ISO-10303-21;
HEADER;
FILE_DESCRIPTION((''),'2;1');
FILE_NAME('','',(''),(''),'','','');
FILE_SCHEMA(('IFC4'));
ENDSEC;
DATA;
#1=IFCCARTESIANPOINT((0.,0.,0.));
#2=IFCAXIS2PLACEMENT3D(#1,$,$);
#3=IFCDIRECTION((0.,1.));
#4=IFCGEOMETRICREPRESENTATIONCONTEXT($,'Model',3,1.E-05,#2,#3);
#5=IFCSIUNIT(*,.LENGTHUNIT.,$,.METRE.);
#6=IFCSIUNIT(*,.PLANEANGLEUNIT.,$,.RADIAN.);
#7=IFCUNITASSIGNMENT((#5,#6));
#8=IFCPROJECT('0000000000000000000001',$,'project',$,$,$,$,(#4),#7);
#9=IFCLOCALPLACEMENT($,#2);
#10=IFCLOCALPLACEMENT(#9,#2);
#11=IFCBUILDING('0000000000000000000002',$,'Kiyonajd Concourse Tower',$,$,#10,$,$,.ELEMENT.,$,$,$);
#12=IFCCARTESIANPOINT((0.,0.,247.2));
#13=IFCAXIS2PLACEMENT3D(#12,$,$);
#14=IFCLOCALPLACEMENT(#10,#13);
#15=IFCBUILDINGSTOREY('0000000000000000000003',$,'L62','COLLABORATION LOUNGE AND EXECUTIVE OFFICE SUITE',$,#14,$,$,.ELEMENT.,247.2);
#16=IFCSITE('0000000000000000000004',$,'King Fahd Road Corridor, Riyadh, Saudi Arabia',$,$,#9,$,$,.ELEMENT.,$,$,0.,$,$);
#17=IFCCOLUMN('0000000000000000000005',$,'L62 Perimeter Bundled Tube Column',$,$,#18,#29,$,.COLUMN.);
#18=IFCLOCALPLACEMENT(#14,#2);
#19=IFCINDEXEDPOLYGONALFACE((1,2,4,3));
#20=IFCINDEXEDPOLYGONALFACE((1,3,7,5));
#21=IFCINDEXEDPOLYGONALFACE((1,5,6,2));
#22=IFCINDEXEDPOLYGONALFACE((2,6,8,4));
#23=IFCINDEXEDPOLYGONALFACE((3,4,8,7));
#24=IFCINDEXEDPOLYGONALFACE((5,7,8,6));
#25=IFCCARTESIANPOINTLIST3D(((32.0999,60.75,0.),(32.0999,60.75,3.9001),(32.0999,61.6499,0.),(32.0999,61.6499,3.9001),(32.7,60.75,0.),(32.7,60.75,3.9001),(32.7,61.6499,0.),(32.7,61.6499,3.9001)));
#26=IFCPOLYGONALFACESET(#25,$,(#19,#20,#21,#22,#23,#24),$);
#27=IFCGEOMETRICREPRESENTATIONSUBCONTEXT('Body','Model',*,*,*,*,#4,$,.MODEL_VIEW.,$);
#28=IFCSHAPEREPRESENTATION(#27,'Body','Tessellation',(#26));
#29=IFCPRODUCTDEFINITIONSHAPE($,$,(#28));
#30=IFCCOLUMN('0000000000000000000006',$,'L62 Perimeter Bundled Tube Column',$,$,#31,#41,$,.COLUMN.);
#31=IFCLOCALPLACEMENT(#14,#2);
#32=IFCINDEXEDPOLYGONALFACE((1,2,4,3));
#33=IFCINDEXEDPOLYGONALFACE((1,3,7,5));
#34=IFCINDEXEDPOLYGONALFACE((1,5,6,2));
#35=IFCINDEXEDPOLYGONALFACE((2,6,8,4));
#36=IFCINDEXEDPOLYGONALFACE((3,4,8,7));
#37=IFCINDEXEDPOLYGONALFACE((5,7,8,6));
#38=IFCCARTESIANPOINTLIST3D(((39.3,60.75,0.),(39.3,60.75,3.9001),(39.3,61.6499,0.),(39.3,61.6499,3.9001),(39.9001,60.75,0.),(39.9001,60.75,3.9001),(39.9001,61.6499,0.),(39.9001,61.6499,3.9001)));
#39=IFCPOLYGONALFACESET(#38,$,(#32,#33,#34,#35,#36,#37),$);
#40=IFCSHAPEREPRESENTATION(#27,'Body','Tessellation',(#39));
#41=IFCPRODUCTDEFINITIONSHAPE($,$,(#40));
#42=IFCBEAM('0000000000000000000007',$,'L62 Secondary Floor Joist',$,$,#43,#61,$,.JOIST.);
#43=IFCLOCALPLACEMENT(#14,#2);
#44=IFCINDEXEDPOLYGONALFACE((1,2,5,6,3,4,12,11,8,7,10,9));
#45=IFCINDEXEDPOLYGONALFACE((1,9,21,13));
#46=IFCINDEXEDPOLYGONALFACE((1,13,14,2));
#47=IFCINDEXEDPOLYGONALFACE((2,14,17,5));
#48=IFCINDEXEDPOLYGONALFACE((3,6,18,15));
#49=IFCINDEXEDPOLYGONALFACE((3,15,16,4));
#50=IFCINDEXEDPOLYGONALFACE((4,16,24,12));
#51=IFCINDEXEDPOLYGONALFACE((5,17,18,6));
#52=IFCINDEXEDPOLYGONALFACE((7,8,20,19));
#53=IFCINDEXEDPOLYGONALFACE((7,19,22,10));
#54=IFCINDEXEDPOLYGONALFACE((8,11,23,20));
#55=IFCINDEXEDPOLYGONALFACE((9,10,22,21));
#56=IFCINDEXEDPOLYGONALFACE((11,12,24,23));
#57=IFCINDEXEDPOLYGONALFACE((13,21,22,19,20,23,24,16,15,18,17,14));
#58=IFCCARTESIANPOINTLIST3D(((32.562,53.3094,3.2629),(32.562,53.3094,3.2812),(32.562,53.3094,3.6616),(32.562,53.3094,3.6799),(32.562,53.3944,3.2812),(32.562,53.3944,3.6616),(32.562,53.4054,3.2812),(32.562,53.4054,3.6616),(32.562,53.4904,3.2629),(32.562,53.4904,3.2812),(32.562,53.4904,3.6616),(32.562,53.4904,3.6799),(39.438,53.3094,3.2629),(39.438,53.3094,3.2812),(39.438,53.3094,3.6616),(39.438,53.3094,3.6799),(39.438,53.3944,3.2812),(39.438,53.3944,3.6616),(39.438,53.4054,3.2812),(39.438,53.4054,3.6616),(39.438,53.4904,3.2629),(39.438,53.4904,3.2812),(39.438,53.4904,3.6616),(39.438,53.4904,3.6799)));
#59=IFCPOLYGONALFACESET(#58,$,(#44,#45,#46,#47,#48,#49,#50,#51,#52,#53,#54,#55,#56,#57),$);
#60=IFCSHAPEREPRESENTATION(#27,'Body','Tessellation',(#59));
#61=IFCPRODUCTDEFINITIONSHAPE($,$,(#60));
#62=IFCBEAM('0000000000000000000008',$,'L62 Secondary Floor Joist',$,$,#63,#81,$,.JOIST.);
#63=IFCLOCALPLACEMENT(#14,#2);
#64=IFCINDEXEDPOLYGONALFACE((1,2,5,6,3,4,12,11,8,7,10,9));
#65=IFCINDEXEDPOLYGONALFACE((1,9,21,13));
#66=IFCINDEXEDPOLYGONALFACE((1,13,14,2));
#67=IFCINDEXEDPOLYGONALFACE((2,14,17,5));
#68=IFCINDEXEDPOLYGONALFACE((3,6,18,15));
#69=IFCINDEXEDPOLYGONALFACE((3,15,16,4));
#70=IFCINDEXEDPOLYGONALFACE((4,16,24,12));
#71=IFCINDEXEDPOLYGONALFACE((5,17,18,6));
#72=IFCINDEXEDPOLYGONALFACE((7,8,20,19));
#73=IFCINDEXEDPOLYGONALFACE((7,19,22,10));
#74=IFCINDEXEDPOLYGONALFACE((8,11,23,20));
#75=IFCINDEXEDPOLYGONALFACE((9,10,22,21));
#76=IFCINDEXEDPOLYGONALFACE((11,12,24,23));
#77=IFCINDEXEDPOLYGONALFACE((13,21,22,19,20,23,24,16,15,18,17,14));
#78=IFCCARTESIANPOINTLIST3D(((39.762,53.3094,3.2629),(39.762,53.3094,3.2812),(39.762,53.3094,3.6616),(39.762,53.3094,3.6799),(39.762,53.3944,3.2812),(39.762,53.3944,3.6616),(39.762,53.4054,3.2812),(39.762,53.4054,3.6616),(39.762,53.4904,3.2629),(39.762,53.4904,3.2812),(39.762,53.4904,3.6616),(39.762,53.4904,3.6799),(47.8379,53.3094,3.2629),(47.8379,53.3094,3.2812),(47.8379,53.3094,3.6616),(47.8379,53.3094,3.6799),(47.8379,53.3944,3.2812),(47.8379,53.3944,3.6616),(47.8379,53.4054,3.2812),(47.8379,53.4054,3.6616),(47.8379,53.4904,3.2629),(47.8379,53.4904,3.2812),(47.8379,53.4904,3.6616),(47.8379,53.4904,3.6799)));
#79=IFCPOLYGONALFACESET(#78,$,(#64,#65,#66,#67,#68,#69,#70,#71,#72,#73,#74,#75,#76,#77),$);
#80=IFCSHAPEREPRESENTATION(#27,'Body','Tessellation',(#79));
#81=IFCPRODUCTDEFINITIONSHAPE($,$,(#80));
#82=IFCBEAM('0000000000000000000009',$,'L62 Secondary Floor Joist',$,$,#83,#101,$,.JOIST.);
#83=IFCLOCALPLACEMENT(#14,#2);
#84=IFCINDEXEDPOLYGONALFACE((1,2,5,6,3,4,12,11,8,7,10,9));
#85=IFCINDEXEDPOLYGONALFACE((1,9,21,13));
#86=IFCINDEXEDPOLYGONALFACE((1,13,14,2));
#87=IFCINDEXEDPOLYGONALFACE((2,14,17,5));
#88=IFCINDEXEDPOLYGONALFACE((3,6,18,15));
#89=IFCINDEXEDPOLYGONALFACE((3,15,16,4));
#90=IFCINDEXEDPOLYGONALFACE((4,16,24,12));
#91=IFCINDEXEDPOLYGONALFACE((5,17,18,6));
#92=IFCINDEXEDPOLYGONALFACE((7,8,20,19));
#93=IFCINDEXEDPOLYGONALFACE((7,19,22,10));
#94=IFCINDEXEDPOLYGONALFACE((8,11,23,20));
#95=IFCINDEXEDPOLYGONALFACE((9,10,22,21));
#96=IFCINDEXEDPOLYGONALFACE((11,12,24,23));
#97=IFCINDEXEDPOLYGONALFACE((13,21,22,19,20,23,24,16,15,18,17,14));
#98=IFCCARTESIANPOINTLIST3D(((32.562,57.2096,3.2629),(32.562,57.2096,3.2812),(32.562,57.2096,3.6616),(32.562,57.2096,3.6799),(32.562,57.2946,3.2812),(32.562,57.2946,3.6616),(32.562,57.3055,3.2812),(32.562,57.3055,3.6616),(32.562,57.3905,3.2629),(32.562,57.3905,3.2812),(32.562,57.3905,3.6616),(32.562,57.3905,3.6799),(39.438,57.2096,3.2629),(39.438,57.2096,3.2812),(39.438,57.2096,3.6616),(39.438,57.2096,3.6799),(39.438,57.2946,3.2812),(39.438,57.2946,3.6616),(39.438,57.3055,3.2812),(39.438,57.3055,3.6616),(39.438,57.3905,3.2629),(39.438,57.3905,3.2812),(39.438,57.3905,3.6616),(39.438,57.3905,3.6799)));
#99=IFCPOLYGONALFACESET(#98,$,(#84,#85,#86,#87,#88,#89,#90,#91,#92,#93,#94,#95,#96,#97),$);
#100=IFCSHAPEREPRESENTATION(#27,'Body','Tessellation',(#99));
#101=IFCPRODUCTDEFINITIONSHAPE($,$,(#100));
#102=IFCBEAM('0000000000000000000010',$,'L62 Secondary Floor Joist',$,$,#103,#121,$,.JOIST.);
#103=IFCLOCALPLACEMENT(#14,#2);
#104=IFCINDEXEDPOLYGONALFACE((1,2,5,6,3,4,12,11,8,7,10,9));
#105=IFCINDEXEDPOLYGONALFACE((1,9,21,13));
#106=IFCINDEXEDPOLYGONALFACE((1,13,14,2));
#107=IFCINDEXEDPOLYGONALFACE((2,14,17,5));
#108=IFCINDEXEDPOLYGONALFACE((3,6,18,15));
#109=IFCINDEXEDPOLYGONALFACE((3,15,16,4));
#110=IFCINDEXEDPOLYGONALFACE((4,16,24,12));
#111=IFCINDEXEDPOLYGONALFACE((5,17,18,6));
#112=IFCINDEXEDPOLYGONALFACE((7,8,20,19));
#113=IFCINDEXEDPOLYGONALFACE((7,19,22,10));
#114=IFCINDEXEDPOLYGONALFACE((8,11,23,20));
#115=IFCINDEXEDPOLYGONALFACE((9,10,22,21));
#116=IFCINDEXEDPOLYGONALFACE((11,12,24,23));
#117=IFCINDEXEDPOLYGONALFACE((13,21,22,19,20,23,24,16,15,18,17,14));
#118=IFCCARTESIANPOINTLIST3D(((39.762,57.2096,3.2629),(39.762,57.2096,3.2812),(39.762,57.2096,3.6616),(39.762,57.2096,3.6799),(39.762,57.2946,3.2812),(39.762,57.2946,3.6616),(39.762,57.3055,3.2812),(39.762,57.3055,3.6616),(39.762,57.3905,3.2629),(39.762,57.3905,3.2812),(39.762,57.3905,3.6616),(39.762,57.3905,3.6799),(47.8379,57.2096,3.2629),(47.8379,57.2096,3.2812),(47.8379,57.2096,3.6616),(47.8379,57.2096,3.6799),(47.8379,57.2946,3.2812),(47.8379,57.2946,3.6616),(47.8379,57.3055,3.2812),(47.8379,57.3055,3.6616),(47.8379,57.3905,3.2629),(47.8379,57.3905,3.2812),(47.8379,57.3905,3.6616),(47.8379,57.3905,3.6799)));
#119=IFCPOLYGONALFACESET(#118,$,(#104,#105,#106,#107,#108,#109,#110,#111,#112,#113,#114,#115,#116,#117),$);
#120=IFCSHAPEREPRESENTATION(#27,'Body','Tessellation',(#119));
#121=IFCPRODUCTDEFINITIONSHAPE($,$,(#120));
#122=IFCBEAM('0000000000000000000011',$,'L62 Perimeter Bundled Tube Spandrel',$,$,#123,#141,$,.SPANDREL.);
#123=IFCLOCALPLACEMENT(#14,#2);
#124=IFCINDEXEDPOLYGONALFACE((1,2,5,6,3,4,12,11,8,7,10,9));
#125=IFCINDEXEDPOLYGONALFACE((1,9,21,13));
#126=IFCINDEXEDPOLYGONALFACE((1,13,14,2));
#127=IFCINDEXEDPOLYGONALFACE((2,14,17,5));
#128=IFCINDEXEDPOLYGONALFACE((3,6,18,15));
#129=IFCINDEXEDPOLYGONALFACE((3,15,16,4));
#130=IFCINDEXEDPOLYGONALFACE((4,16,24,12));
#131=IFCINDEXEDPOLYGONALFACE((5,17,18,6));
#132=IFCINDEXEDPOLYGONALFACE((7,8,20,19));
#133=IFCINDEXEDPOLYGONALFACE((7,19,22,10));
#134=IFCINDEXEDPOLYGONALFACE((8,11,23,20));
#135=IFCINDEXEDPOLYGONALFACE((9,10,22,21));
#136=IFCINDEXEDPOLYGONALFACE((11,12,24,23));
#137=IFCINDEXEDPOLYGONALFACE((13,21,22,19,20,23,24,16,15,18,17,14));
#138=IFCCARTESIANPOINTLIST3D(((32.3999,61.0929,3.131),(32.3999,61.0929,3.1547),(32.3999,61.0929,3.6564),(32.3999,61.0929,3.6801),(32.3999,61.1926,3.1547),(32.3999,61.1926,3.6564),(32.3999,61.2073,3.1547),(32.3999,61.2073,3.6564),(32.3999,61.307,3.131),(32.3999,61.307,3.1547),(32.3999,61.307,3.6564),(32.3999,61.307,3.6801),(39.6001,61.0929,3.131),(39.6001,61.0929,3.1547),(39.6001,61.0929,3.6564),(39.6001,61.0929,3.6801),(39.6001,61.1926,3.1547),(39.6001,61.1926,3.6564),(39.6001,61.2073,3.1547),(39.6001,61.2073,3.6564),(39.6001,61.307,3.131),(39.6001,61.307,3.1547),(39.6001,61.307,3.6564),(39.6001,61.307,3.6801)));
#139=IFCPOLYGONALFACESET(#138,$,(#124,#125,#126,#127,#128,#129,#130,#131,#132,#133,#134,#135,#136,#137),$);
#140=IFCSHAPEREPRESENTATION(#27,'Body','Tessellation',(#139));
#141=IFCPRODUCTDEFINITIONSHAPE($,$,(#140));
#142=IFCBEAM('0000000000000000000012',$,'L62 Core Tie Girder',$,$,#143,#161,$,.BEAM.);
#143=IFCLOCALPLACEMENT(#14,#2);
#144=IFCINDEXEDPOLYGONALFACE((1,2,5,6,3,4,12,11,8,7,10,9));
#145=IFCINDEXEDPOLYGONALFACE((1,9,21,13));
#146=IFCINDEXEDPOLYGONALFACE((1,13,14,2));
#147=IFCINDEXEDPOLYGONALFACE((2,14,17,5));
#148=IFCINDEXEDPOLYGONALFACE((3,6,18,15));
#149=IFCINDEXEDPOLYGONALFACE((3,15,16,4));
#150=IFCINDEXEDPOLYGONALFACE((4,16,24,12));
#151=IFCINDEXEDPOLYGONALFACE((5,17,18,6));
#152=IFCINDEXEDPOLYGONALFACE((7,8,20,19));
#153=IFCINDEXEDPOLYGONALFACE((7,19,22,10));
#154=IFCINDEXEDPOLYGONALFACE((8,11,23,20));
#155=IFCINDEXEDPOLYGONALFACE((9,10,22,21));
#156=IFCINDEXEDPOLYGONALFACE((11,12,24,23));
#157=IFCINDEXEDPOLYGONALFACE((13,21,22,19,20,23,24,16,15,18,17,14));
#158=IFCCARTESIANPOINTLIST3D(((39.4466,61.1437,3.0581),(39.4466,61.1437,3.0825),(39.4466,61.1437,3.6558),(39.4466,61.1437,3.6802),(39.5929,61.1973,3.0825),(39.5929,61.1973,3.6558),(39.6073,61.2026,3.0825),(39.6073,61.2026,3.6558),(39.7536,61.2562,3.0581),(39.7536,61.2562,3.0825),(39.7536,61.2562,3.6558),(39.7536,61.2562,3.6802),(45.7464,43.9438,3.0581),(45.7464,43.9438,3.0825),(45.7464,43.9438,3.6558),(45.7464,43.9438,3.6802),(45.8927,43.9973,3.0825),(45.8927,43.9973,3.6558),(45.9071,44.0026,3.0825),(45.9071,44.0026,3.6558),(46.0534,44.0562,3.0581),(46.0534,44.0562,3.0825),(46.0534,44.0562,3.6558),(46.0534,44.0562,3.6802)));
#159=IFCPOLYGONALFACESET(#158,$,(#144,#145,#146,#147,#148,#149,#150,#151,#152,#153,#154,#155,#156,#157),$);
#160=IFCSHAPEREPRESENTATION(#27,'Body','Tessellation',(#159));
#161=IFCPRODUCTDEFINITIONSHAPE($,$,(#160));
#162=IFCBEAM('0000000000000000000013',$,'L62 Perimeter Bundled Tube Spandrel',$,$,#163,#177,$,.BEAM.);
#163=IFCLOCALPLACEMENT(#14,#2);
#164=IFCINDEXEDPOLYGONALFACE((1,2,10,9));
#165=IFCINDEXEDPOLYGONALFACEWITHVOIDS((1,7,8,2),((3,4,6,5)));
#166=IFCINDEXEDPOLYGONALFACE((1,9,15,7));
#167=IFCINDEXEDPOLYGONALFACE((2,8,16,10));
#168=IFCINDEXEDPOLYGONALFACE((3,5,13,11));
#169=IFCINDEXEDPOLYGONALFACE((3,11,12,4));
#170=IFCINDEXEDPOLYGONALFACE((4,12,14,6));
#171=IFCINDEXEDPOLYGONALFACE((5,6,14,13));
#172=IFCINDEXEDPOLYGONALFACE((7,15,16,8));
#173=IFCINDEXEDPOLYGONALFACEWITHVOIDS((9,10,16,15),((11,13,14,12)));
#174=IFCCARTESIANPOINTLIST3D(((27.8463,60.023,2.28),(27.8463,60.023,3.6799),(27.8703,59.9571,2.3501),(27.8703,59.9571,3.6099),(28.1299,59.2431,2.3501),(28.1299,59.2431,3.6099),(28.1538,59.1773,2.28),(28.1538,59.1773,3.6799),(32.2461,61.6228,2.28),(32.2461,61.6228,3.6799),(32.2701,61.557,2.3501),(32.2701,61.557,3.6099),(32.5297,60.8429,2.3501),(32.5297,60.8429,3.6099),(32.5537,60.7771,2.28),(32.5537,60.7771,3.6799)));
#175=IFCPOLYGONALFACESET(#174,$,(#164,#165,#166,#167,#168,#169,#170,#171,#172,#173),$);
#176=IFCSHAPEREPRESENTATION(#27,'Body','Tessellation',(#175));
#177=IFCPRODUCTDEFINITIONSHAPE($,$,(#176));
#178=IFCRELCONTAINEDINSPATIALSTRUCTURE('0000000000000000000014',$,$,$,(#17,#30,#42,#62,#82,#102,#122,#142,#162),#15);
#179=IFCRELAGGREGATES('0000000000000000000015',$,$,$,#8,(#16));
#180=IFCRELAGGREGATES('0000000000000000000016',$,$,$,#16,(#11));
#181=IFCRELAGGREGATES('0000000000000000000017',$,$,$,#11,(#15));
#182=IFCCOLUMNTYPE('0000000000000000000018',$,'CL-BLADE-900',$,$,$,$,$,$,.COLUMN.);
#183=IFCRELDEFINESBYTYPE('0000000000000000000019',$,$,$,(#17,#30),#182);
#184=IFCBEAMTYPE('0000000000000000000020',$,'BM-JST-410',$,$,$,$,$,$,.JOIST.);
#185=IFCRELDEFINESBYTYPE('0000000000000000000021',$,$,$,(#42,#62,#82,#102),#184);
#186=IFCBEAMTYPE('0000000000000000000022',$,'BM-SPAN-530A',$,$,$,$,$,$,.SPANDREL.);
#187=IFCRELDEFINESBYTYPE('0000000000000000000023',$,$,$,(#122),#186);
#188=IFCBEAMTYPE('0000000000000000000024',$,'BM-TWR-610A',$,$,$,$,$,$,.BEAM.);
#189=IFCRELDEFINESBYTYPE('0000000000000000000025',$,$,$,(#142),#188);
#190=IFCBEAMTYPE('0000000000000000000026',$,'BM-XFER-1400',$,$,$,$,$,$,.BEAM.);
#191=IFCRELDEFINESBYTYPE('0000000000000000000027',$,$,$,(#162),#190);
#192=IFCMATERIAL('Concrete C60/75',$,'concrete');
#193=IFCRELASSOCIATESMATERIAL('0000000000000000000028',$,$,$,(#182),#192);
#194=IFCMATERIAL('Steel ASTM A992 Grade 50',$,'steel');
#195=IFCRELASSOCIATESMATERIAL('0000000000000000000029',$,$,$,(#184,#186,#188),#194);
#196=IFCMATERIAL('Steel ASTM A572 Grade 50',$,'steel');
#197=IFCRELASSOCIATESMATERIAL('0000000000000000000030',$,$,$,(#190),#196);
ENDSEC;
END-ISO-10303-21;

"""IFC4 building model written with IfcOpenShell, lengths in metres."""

from ifc_helpers import new_model, si_unit, direction, frame, origin, origin_2d, place, context, subcontext, project, spatial, rectangle, hollow_rectangle, i_section, extrude, material, material_profile, profile_set, type_object, element, save


model = new_model("IFC4")

# Units and contexts
model_context = context("Model", 3, precision=1e-05, world=origin(), true_north=direction((0.0, 1.0)))
body_context = subcontext(model_context, "Body", "Model", "MODEL_VIEW")
ifc_project = project(units=[si_unit("LENGTHUNIT", "METRE"), si_unit("PLANEANGLEUNIT", "RADIAN")], contexts=[model_context])

# Site, building, storey
site_placement = place(None, origin())
site = spatial("IfcSite", under=ifc_project, at=site_placement, Name="King Fahd Road Corridor, Riyadh, Saudi Arabia", CompositionType="ELEMENT", RefElevation=0.0)
building_placement = place(site_placement, origin())
building = spatial("IfcBuilding", under=site, at=building_placement, Name="Kiyonajd Concourse Tower", CompositionType="ELEMENT")
storey_placement = place(building_placement, frame((0.0, 0.0, 247.2)))
storey = spatial("IfcBuildingStorey", under=building, at=storey_placement, Name="L62", Description="COLLABORATION LOUNGE AND EXECUTIVE OFFICE SUITE", CompositionType="ELEMENT", Elevation=247.2)

# Columns
ifc_material_1 = material(Name="Concrete C60/75", Category="concrete")
ifc_material_profile_1 = material_profile(ifc_material_1, rectangle(XDim=0.6001, YDim=0.8999, at=origin_2d()), Name="RC-900x600")
ifc_profile_set_1 = profile_set([ifc_material_profile_1], Name="Concrete C60/75")
column_type = type_object("IfcColumnType", Name="CL-BLADE-900", PredefinedType="COLUMN", material=ifc_profile_set_1)
for number, where, z_axis, x_axis, name in (
    (1, (32.3999, 61.2, 0.0), (0.0, 0.0, 1.0), (1.0, 0.0, 0.0), "L62 Perimeter Bundled Tube Column"),
    (2, (39.6001, 61.2, 0.0), (0.0, 0.0, 1.0), (1.0, 0.0, 0.0), "L62 Perimeter Bundled Tube Column"),
):
    element("IfcColumn", number, at=place(storey_placement, frame(where, z_axis=z_axis, x_axis=x_axis)), inside=storey, type_object=column_type, Name=name, PredefinedType="COLUMN", context=body_context, shape_type="SweptSolid", body=[
        extrude(rectangle(XDim=0.6001, YDim=0.8999, at=origin_2d()), origin(), (0.0, 0.0, 1.0), 3.9001),
    ])

# Beams
ifc_material_2 = material(Name="Steel ASTM A992 Grade 50", Category="steel")
ifc_material_profile_2 = material_profile(ifc_material_2, i_section(OverallWidth=0.1809, OverallDepth=0.417, WebThickness=0.011, FlangeThickness=0.0183, at=origin_2d()), Name="W410X85")
ifc_profile_set_2 = profile_set([ifc_material_profile_2], Name="Steel ASTM A992 Grade 50")
beam_type_1 = type_object("IfcBeamType", Name="BM-JST-410", PredefinedType="JOIST", material=ifc_profile_set_2)
beam_1_placement = place(storey_placement, frame((32.562, 53.3999, 3.4714), z_axis=(1.0, 0.0, 0.0), x_axis=(0.0, 1.0, 0.0)))
element("IfcBeam", 3, at=beam_1_placement, inside=storey, type_object=beam_type_1, Name="L62 Secondary Floor Joist", PredefinedType="JOIST", context=body_context, shape_type="SweptSolid", body=[
    extrude(i_section(OverallWidth=0.1809, OverallDepth=0.417, WebThickness=0.011, FlangeThickness=0.0183, at=origin_2d()), origin(), (0.0, 0.0, 1.0), 6.876),
])
beam_2_placement = place(storey_placement, frame((39.762, 53.3999, 3.4714), z_axis=(1.0, 0.0, 0.0), x_axis=(0.0, 1.0, 0.0)))
element("IfcBeam", 4, at=beam_2_placement, inside=storey, type_object=beam_type_1, Name="L62 Secondary Floor Joist", PredefinedType="JOIST", context=body_context, shape_type="SweptSolid", body=[
    extrude(i_section(OverallWidth=0.1809, OverallDepth=0.417, WebThickness=0.011, FlangeThickness=0.0183, at=origin_2d()), origin(), (0.0, 0.0, 1.0), 8.0759),
])
beam_3_placement = place(storey_placement, frame((32.562, 57.3, 3.4714), z_axis=(1.0, 0.0, 0.0), x_axis=(0.0, 1.0, 0.0)))
element("IfcBeam", 5, at=beam_3_placement, inside=storey, type_object=beam_type_1, Name="L62 Secondary Floor Joist", PredefinedType="JOIST", context=body_context, shape_type="SweptSolid", body=[
    extrude(i_section(OverallWidth=0.1809, OverallDepth=0.417, WebThickness=0.011, FlangeThickness=0.0183, at=origin_2d()), origin(), (0.0, 0.0, 1.0), 6.876),
])
beam_4_placement = place(storey_placement, frame((39.762, 57.3, 3.4714), z_axis=(1.0, 0.0, 0.0), x_axis=(0.0, 1.0, 0.0)))
element("IfcBeam", 6, at=beam_4_placement, inside=storey, type_object=beam_type_1, Name="L62 Secondary Floor Joist", PredefinedType="JOIST", context=body_context, shape_type="SweptSolid", body=[
    extrude(i_section(OverallWidth=0.1809, OverallDepth=0.417, WebThickness=0.011, FlangeThickness=0.0183, at=origin_2d()), origin(), (0.0, 0.0, 1.0), 8.0759),
])
ifc_material_profile_3 = material_profile(ifc_material_2, i_section(OverallWidth=0.2141, OverallDepth=0.5491, WebThickness=0.0146, FlangeThickness=0.0237, at=origin_2d()), Name="W530X138")
ifc_profile_set_3 = profile_set([ifc_material_profile_3], Name="Steel ASTM A992 Grade 50")
beam_type_2 = type_object("IfcBeamType", Name="BM-SPAN-530A", PredefinedType="SPANDREL", material=ifc_profile_set_3)
beam_5_placement = place(storey_placement, frame((39.6001, 61.2, 3.4055), z_axis=(-1.0, 0.0, 0.0), x_axis=(0.0, -1.0, 0.0)))
element("IfcBeam", 7, at=beam_5_placement, inside=storey, type_object=beam_type_2, Name="L62 Perimeter Bundled Tube Spandrel", PredefinedType="SPANDREL", context=body_context, shape_type="SweptSolid", body=[
    extrude(i_section(OverallWidth=0.2141, OverallDepth=0.5491, WebThickness=0.0146, FlangeThickness=0.0237, at=origin_2d()), origin(), (0.0, 0.0, 1.0), 7.2002),
])
ifc_material_profile_4 = material_profile(ifc_material_2, i_section(OverallWidth=0.3269, OverallDepth=0.6221, WebThickness=0.0154, FlangeThickness=0.0244, at=origin_2d()), Name="W610X195")
ifc_profile_set_4 = profile_set([ifc_material_profile_4], Name="Steel ASTM A992 Grade 50")
beam_type_3 = type_object("IfcBeamType", Name="BM-TWR-610A", PredefinedType="BEAM", material=ifc_profile_set_4)
beam_6_placement = place(storey_placement, frame((39.6001, 61.2, 3.3691), z_axis=(0.343925, -0.938997, 0.0), x_axis=(0.938997, 0.343925, 0.0)))
element("IfcBeam", 8, at=beam_6_placement, inside=storey, type_object=beam_type_3, Name="L62 Core Tie Girder", PredefinedType="BEAM", context=body_context, shape_type="SweptSolid", body=[
    extrude(i_section(OverallWidth=0.3269, OverallDepth=0.6221, WebThickness=0.0154, FlangeThickness=0.0244, at=origin_2d()), origin(), (0.0, 0.0, 1.0), 18.3174),
])
ifc_material_3 = material(Name="Steel ASTM A572 Grade 50", Category="steel")
ifc_material_profile_5 = material_profile(ifc_material_3, hollow_rectangle(XDim=0.8999, YDim=1.3999, WallThickness=0.0701, at=origin_2d()), Name="BOX-1400x900x70")
ifc_profile_set_5 = profile_set([ifc_material_profile_5], Name="Steel ASTM A572 Grade 50")
beam_type_4 = type_object("IfcBeamType", Name="BM-XFER-1400", PredefinedType="BEAM", material=ifc_profile_set_5)
beam_7_placement = place(storey_placement, frame((32.3999, 61.2, 2.98), z_axis=(-0.939801, -0.341722, 0.0), x_axis=(0.341722, -0.939801, 0.0)))
element("IfcBeam", 9, at=beam_7_placement, inside=storey, type_object=beam_type_4, Name="L62 Perimeter Bundled Tube Spandrel", PredefinedType="BEAM", context=body_context, shape_type="SweptSolid", body=[
    extrude(hollow_rectangle(XDim=0.8999, YDim=1.3999, WallThickness=0.0701, at=origin_2d()), origin(), (0.0, 0.0, 1.0), 4.6816),
])

save(model, "model.ifc")
